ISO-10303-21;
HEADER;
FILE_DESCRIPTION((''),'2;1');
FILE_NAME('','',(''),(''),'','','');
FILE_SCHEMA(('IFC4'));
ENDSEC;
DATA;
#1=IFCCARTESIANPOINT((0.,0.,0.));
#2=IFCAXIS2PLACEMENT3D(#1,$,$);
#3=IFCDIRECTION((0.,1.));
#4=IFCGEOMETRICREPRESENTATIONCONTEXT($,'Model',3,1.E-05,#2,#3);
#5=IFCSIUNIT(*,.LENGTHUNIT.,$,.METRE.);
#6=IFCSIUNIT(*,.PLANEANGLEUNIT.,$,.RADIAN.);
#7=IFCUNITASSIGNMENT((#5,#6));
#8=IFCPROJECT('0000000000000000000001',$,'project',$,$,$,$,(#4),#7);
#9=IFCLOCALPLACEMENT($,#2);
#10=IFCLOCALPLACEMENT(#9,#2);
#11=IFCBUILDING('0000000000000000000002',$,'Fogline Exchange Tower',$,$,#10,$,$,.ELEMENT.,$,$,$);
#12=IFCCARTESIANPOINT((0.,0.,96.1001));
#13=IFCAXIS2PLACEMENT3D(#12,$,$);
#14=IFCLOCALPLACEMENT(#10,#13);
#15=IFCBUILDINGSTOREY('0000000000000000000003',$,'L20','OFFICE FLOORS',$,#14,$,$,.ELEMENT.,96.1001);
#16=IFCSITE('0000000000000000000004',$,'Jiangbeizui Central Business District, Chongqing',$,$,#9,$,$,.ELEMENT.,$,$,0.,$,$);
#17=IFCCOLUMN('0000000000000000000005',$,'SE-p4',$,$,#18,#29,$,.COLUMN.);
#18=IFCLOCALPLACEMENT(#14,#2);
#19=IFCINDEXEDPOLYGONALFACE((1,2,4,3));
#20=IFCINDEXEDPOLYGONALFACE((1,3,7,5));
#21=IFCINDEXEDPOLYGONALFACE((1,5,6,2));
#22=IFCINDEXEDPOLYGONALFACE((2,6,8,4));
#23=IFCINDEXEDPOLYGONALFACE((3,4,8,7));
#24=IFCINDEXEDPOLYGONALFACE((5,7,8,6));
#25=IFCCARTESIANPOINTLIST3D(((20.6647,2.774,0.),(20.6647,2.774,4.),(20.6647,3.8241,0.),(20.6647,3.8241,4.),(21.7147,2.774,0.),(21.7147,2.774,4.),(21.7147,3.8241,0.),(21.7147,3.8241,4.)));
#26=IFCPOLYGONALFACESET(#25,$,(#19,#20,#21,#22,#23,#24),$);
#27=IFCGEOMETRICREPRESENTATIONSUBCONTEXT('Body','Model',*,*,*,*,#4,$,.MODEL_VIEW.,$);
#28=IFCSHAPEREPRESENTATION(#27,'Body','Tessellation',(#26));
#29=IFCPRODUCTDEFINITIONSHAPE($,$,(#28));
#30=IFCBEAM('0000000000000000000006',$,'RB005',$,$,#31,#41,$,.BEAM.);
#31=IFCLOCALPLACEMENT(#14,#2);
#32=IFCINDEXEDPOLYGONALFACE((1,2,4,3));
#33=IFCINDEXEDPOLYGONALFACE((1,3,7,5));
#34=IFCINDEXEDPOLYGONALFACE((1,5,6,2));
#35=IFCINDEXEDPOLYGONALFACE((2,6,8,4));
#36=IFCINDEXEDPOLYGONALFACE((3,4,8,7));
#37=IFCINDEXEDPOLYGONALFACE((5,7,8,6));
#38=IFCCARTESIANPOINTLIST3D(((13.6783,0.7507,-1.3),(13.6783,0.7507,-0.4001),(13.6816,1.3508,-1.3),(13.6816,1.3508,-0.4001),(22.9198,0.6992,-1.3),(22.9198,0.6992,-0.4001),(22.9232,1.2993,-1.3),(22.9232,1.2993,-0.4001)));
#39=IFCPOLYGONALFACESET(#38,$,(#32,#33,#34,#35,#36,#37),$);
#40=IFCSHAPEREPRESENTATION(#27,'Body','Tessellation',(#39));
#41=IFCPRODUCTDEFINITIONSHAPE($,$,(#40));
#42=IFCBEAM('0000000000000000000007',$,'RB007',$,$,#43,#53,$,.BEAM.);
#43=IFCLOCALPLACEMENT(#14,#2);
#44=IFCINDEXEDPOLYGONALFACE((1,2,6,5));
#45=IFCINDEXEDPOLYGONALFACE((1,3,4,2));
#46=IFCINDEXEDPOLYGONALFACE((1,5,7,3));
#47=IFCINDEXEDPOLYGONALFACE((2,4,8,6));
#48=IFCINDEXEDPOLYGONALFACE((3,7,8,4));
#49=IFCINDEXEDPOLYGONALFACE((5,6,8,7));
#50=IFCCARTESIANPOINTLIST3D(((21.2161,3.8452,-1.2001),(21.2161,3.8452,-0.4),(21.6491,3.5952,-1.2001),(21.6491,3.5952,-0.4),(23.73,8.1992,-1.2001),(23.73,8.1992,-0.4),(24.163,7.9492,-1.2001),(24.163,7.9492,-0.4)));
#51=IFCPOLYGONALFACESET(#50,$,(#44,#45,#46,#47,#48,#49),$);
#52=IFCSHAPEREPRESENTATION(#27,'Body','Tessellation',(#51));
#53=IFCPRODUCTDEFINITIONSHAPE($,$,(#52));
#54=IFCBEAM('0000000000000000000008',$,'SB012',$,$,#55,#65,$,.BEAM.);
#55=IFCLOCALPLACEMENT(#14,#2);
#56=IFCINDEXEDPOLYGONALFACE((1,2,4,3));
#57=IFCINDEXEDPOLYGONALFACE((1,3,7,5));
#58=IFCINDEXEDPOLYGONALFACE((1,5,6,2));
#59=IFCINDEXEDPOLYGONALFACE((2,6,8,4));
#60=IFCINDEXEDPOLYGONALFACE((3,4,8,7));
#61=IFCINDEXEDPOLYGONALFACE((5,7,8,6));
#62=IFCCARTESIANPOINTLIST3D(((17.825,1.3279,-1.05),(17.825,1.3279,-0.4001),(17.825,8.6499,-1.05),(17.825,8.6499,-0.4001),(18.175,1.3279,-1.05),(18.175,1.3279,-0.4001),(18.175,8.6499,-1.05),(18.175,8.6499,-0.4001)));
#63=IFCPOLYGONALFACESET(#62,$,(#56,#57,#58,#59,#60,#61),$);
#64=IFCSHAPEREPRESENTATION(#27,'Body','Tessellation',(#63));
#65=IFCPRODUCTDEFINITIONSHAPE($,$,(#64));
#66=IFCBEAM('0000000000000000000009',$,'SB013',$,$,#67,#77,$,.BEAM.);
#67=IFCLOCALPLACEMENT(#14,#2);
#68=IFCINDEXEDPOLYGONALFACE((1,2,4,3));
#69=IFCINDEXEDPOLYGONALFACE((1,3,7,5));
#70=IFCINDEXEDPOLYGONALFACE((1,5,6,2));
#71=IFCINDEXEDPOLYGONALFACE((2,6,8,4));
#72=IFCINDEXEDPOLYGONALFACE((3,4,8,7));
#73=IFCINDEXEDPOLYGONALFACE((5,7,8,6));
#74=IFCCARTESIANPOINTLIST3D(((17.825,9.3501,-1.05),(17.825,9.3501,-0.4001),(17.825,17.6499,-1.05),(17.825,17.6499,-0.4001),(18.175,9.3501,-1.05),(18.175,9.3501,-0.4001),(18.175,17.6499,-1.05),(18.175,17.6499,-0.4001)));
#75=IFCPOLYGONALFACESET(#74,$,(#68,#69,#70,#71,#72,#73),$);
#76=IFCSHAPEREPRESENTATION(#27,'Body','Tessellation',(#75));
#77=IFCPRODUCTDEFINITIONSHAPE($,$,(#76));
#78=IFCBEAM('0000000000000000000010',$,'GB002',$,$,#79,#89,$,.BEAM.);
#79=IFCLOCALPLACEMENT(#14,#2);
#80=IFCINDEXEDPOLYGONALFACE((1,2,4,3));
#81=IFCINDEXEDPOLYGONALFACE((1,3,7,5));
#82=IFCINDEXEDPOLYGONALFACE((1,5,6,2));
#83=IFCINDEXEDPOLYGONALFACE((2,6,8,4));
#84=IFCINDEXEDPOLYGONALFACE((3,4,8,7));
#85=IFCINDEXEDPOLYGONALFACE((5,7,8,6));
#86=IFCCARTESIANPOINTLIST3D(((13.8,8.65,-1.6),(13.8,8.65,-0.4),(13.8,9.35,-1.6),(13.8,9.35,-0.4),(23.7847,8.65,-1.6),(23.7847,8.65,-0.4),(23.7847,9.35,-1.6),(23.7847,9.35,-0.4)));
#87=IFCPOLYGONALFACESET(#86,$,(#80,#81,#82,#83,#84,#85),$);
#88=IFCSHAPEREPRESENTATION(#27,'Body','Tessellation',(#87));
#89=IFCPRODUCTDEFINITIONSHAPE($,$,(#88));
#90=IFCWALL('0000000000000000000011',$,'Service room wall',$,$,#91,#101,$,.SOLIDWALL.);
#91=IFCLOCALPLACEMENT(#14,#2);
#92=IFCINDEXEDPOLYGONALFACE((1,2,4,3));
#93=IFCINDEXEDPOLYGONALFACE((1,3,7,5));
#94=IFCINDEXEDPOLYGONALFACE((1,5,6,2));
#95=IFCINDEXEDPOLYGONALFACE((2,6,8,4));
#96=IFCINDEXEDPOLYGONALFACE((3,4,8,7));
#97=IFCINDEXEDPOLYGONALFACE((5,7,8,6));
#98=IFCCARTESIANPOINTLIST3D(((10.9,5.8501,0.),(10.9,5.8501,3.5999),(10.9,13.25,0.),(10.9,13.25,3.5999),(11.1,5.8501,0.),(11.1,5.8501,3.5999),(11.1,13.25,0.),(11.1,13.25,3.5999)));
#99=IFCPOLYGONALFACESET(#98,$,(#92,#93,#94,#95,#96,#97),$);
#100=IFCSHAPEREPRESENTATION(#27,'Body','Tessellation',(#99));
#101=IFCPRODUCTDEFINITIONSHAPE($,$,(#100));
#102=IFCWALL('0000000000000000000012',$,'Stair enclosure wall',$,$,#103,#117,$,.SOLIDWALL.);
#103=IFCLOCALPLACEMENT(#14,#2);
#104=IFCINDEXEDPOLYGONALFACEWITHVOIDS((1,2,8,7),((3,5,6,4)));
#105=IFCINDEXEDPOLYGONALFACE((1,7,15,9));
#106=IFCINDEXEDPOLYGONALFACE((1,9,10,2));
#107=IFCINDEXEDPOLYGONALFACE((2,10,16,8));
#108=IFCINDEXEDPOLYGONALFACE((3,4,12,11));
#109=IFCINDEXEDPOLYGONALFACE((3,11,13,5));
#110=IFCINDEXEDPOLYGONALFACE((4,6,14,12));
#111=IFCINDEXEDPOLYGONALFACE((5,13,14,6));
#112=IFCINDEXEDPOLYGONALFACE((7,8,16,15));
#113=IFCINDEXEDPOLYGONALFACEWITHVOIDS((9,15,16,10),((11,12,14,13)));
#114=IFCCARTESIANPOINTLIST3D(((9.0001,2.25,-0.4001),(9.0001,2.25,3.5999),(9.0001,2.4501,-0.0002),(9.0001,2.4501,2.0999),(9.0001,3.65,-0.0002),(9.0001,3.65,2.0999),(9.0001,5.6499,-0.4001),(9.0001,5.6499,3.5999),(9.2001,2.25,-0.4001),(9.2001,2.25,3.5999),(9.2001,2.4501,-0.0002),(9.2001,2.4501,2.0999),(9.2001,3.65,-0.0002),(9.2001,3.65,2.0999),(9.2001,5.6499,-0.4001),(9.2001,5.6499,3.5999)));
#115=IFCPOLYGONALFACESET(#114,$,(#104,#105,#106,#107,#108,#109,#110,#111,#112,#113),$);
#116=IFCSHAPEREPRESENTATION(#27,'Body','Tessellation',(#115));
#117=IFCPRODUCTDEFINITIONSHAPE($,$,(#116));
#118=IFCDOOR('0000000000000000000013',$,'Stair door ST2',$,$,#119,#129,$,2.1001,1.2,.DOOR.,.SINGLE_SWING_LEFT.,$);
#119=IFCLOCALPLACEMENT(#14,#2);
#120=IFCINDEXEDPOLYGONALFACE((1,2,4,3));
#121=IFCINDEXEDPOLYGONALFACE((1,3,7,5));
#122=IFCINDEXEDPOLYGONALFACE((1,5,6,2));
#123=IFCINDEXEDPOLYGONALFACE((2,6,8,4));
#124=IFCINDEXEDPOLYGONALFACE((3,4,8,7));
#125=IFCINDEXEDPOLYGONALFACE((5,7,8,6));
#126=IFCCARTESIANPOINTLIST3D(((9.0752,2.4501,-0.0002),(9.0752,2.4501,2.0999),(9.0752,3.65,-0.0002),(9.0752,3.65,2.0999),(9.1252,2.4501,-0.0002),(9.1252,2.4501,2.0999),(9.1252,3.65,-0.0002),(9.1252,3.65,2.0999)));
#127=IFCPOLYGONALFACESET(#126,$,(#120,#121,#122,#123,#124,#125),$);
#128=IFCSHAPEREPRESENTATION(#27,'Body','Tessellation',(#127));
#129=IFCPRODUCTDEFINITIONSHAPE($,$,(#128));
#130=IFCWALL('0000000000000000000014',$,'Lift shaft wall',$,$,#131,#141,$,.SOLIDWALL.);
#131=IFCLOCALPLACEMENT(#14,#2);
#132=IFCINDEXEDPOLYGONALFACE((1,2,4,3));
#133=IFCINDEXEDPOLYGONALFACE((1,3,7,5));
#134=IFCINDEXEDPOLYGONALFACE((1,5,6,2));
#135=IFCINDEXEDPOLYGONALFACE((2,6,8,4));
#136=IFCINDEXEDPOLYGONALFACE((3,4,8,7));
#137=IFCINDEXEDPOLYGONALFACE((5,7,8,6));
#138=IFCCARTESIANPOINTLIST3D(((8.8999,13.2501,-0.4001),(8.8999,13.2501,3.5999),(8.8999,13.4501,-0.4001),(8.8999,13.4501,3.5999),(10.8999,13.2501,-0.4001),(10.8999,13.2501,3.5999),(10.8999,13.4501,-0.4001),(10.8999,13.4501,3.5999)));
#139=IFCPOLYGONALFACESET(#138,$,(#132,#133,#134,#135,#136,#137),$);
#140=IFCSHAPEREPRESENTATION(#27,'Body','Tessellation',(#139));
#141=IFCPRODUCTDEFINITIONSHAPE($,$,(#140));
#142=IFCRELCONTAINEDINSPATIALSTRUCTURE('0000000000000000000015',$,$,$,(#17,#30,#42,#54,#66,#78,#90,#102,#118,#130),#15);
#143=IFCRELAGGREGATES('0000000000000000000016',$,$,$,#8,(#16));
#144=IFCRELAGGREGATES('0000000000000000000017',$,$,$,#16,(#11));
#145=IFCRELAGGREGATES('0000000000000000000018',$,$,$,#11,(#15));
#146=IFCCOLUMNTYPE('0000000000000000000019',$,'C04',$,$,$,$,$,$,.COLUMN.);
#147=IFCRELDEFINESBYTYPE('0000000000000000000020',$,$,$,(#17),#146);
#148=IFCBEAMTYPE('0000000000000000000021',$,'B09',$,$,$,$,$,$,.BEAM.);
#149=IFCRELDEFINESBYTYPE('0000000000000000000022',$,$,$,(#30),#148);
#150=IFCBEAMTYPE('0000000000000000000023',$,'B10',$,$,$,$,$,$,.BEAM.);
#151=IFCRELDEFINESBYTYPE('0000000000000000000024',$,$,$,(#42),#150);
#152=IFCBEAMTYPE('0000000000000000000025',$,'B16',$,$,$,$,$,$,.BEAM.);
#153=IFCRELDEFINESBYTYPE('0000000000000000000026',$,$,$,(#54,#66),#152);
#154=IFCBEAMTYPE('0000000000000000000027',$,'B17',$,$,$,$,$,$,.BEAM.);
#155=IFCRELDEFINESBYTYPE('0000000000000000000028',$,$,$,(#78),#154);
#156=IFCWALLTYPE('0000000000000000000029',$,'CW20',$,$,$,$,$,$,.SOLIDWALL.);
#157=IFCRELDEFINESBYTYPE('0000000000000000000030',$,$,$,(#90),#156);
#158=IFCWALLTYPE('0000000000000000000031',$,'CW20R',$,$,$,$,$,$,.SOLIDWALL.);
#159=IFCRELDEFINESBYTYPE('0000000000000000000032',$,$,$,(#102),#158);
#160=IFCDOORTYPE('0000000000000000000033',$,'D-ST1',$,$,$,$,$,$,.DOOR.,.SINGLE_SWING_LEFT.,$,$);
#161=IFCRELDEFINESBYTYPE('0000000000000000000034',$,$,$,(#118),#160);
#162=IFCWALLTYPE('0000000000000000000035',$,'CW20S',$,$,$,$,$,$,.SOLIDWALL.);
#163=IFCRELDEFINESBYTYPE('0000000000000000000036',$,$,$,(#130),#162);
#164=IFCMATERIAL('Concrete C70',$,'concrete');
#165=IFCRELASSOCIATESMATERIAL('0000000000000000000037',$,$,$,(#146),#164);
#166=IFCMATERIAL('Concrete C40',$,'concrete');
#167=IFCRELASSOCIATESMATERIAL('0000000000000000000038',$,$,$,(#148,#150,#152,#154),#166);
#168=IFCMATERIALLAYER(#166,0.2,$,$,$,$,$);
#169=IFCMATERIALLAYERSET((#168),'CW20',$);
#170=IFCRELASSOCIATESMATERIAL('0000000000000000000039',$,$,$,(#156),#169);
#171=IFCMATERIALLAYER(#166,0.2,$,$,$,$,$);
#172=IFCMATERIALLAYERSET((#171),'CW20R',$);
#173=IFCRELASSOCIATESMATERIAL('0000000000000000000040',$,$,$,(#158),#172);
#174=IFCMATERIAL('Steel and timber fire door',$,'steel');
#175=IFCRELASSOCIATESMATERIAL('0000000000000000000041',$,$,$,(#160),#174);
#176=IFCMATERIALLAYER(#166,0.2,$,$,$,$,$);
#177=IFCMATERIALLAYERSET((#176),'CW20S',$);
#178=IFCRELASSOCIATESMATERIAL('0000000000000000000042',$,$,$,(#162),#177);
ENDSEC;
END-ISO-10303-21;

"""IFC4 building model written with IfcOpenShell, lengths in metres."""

from ifc_helpers import new_model, si_unit, direction, frame, frame_2d, origin, origin_2d, place, context, subcontext, project, spatial, rectangle, extrude, material, layer, layer_set, material_profile, profile_set, type_object, element, fill, save


model = new_model("IFC4")

# Units and contexts
model_context = context("Model", 3, precision=1e-05, world=origin(), true_north=direction((0.0, 1.0)))
body_context = subcontext(model_context, "Body", "Model", "MODEL_VIEW")
ifc_project = project(units=[si_unit("LENGTHUNIT", "METRE"), si_unit("PLANEANGLEUNIT", "RADIAN")], contexts=[model_context])

# Site, building, storey
site_placement = place(None, origin())
site = spatial("IfcSite", under=ifc_project, at=site_placement, Name="Jiangbeizui Central Business District, Chongqing", CompositionType="ELEMENT", RefElevation=0.0)
building_placement = place(site_placement, origin())
building = spatial("IfcBuilding", under=site, at=building_placement, Name="Fogline Exchange Tower", CompositionType="ELEMENT")
storey_placement = place(building_placement, frame((0.0, 0.0, 96.1001)))
storey = spatial("IfcBuildingStorey", under=building, at=storey_placement, Name="L20", Description="OFFICE FLOORS", CompositionType="ELEMENT", Elevation=96.1001)

# Column
ifc_material_1 = material(Name="Concrete C70", Category="concrete")
ifc_material_profile_1 = material_profile(ifc_material_1, rectangle(XDim=1.05, YDim=1.05, at=origin_2d()), Name="RC 1050x1050")
ifc_profile_set_1 = profile_set([ifc_material_profile_1], Name="Concrete C70")
column_type = type_object("IfcColumnType", Name="C04", PredefinedType="COLUMN", material=ifc_profile_set_1)
column_placement = place(storey_placement, frame((21.1897, 3.2991, 0.0), z_axis=(0.0, 0.0, 1.0), x_axis=(1.0, 0.0, 0.0)))
element("IfcColumn", 1, at=column_placement, inside=storey, type_object=column_type, Name="SE-p4", PredefinedType="COLUMN", context=body_context, shape_type="SweptSolid", body=[
    extrude(rectangle(XDim=1.05, YDim=1.05, at=origin_2d()), origin(), (0.0, 0.0, 1.0), 4.0),
])

# Beams
ifc_material_2 = material(Name="Concrete C40", Category="concrete")
ifc_material_profile_2 = material_profile(ifc_material_2, rectangle(XDim=0.6001, YDim=0.8999, at=origin_2d()), Name="RC 600x900")
ifc_profile_set_2 = profile_set([ifc_material_profile_2], Name="Concrete C40")
beam_type_1 = type_object("IfcBeamType", Name="B09", PredefinedType="BEAM", material=ifc_profile_set_2)
beam_1_placement = place(storey_placement, frame((13.6799, 1.0508, -0.8501), z_axis=(0.999984, -0.005574, 0.0), x_axis=(0.005574, 0.999984, 0.0)))
element("IfcBeam", 2, at=beam_1_placement, inside=storey, type_object=beam_type_1, Name="RB005", PredefinedType="BEAM", context=body_context, shape_type="SweptSolid", body=[
    extrude(rectangle(XDim=0.6001, YDim=0.8999, at=origin_2d()), origin(), (0.0, 0.0, 1.0), 9.2417),
])
ifc_material_profile_3 = material_profile(ifc_material_2, rectangle(XDim=0.5, YDim=0.8, at=origin_2d()), Name="RC 500x800")
ifc_profile_set_3 = profile_set([ifc_material_profile_3], Name="Concrete C40")
beam_type_2 = type_object("IfcBeamType", Name="B10", PredefinedType="BEAM", material=ifc_profile_set_3)
beam_2_placement = place(storey_placement, frame((21.4326, 3.7202, -0.8), z_axis=(0.500019, 0.866014, 0.0), x_axis=(-0.866014, 0.500019, 0.0)))
element("IfcBeam", 3, at=beam_2_placement, inside=storey, type_object=beam_type_2, Name="RB007", PredefinedType="BEAM", context=body_context, shape_type="SweptSolid", body=[
    extrude(rectangle(XDim=0.5, YDim=0.8, at=origin_2d()), origin(), (0.0, 0.0, 1.0), 5.0276),
])
ifc_material_profile_4 = material_profile(ifc_material_2, rectangle(XDim=0.3501, YDim=0.6499, at=origin_2d()), Name="RC 350x650")
ifc_profile_set_4 = profile_set([ifc_material_profile_4], Name="Concrete C40")
beam_type_3 = type_object("IfcBeamType", Name="B16", PredefinedType="BEAM", material=ifc_profile_set_4)
beam_3_placement = place(storey_placement, frame((18.0, 1.3279, -0.7251), z_axis=(0.0, 1.0, 0.0), x_axis=(-1.0, 0.0, 0.0)))
element("IfcBeam", 4, at=beam_3_placement, inside=storey, type_object=beam_type_3, Name="SB012", PredefinedType="BEAM", context=body_context, shape_type="SweptSolid", body=[
    extrude(rectangle(XDim=0.3501, YDim=0.6499, at=origin_2d()), origin(), (0.0, 0.0, 1.0), 7.322),
])
beam_4_placement = place(storey_placement, frame((18.0, 9.3501, -0.7251), z_axis=(0.0, 1.0, 0.0), x_axis=(-1.0, 0.0, 0.0)))
element("IfcBeam", 5, at=beam_4_placement, inside=storey, type_object=beam_type_3, Name="SB013", PredefinedType="BEAM", context=body_context, shape_type="SweptSolid", body=[
    extrude(rectangle(XDim=0.3501, YDim=0.6499, at=origin_2d()), origin(), (0.0, 0.0, 1.0), 8.2998),
])
ifc_material_profile_5 = material_profile(ifc_material_2, rectangle(XDim=0.7, YDim=1.2, at=origin_2d()), Name="RC 700x1200")
ifc_profile_set_5 = profile_set([ifc_material_profile_5], Name="Concrete C40")
beam_type_4 = type_object("IfcBeamType", Name="B17", PredefinedType="BEAM", material=ifc_profile_set_5)
beam_5_placement = place(storey_placement, frame((13.8, 9.0, -1.0), z_axis=(1.0, 0.0, 0.0), x_axis=(0.0, 1.0, 0.0)))
element("IfcBeam", 6, at=beam_5_placement, inside=storey, type_object=beam_type_4, Name="GB002", PredefinedType="BEAM", context=body_context, shape_type="SweptSolid", body=[
    extrude(rectangle(XDim=0.7, YDim=1.2, at=origin_2d()), origin(), (0.0, 0.0, 1.0), 9.9846),
])

# Wall
ifc_layer_1 = layer(ifc_material_2, 0.2)
ifc_layer_set_1 = layer_set([ifc_layer_1], Name="CW20")
wall_type_1 = type_object("IfcWallType", Name="CW20", PredefinedType="SOLIDWALL", material=ifc_layer_set_1)
wall_1_placement = place(storey_placement, frame((11.0, 5.8501, 0.0), z_axis=(0.0, 0.0, 1.0), x_axis=(0.0, 1.0, 0.0)))
element("IfcWall", 7, at=wall_1_placement, inside=storey, type_object=wall_type_1, Name="Service room wall", PredefinedType="SOLIDWALL", context=body_context, shape_type="SweptSolid", body=[
    extrude(rectangle(XDim=7.3999, YDim=0.2, at=frame_2d((3.7, 0.0))), origin(), (0.0, 0.0, 1.0), 3.5999),
])

# Wall, opening, door
ifc_layer_2 = layer(ifc_material_2, 0.2)
ifc_layer_set_2 = layer_set([ifc_layer_2], Name="CW20R")
wall_type_2 = type_object("IfcWallType", Name="CW20R", PredefinedType="SOLIDWALL", material=ifc_layer_set_2)
wall_2_placement = place(storey_placement, frame((9.1001, 2.25, -0.4001), z_axis=(0.0, 0.0, 1.0), x_axis=(0.0, 1.0, 0.0)))
wall_2 = element("IfcWall", 8, at=wall_2_placement, inside=storey, type_object=wall_type_2, Name="Stair enclosure wall", PredefinedType="SOLIDWALL", context=body_context, shape_type="SweptSolid", body=[
    extrude(rectangle(XDim=3.3999, YDim=0.2, at=frame_2d((1.7, 0.0))), origin(), (0.0, 0.0, 1.0), 4.0),
])
opening_1_placement = place(wall_2_placement, frame((0.2, 0.0, 0.3999)))
opening_1 = element("IfcOpeningElement", 9, at=opening_1_placement, cuts=wall_2, PredefinedType="OPENING", context=body_context, shape_type="SweptSolid", body=[
    extrude(rectangle(XDim=1.2, YDim=2.1001, at=frame_2d((0.6001, 1.05))), frame((0.0, 0.1099, 0.0), z_axis=(0.0, -1.0, 0.0), x_axis=(1.0, 0.0, 0.0)), (0.0, 0.0, 1.0), 0.22),
])
ifc_material_3 = material(Name="Steel and timber fire door", Category="steel")
door_type_1 = type_object("IfcDoorType", Name="D-ST1", OperationType="SINGLE_SWING_LEFT", PredefinedType="DOOR", material=ifc_material_3)
door_1_placement = place(opening_1_placement, origin())
door_1 = element("IfcDoor", 10, at=door_1_placement, inside=storey, type_object=door_type_1, Name="Stair door ST2", OperationType="SINGLE_SWING_LEFT", OverallHeight=2.1001, OverallWidth=1.2, PredefinedType="DOOR", context=body_context, shape_type="SweptSolid", body=[
    extrude(rectangle(XDim=1.2, YDim=2.1001, at=frame_2d((0.6001, 1.05))), frame((0.0, 0.0249, 0.0), z_axis=(0.0, -1.0, 0.0), x_axis=(1.0, 0.0, 0.0)), (0.0, 0.0, 1.0), 0.05),
])
fill(opening_1, door_1)

# Wall
ifc_layer_3 = layer(ifc_material_2, 0.2)
ifc_layer_set_3 = layer_set([ifc_layer_3], Name="CW20S")
wall_type_3 = type_object("IfcWallType", Name="CW20S", PredefinedType="SOLIDWALL", material=ifc_layer_set_3)
wall_3_placement = place(storey_placement, frame((8.8999, 13.3501, -0.4001), z_axis=(0.0, 0.0, 1.0), x_axis=(1.0, 0.0, 0.0)))
element("IfcWall", 11, at=wall_3_placement, inside=storey, type_object=wall_type_3, Name="Lift shaft wall", PredefinedType="SOLIDWALL", context=body_context, shape_type="SweptSolid", body=[
    extrude(rectangle(XDim=2.0, YDim=0.2, at=frame_2d((1.0, 0.0))), origin(), (0.0, 0.0, 1.0), 4.0),
])

save(model, "model.ifc")
